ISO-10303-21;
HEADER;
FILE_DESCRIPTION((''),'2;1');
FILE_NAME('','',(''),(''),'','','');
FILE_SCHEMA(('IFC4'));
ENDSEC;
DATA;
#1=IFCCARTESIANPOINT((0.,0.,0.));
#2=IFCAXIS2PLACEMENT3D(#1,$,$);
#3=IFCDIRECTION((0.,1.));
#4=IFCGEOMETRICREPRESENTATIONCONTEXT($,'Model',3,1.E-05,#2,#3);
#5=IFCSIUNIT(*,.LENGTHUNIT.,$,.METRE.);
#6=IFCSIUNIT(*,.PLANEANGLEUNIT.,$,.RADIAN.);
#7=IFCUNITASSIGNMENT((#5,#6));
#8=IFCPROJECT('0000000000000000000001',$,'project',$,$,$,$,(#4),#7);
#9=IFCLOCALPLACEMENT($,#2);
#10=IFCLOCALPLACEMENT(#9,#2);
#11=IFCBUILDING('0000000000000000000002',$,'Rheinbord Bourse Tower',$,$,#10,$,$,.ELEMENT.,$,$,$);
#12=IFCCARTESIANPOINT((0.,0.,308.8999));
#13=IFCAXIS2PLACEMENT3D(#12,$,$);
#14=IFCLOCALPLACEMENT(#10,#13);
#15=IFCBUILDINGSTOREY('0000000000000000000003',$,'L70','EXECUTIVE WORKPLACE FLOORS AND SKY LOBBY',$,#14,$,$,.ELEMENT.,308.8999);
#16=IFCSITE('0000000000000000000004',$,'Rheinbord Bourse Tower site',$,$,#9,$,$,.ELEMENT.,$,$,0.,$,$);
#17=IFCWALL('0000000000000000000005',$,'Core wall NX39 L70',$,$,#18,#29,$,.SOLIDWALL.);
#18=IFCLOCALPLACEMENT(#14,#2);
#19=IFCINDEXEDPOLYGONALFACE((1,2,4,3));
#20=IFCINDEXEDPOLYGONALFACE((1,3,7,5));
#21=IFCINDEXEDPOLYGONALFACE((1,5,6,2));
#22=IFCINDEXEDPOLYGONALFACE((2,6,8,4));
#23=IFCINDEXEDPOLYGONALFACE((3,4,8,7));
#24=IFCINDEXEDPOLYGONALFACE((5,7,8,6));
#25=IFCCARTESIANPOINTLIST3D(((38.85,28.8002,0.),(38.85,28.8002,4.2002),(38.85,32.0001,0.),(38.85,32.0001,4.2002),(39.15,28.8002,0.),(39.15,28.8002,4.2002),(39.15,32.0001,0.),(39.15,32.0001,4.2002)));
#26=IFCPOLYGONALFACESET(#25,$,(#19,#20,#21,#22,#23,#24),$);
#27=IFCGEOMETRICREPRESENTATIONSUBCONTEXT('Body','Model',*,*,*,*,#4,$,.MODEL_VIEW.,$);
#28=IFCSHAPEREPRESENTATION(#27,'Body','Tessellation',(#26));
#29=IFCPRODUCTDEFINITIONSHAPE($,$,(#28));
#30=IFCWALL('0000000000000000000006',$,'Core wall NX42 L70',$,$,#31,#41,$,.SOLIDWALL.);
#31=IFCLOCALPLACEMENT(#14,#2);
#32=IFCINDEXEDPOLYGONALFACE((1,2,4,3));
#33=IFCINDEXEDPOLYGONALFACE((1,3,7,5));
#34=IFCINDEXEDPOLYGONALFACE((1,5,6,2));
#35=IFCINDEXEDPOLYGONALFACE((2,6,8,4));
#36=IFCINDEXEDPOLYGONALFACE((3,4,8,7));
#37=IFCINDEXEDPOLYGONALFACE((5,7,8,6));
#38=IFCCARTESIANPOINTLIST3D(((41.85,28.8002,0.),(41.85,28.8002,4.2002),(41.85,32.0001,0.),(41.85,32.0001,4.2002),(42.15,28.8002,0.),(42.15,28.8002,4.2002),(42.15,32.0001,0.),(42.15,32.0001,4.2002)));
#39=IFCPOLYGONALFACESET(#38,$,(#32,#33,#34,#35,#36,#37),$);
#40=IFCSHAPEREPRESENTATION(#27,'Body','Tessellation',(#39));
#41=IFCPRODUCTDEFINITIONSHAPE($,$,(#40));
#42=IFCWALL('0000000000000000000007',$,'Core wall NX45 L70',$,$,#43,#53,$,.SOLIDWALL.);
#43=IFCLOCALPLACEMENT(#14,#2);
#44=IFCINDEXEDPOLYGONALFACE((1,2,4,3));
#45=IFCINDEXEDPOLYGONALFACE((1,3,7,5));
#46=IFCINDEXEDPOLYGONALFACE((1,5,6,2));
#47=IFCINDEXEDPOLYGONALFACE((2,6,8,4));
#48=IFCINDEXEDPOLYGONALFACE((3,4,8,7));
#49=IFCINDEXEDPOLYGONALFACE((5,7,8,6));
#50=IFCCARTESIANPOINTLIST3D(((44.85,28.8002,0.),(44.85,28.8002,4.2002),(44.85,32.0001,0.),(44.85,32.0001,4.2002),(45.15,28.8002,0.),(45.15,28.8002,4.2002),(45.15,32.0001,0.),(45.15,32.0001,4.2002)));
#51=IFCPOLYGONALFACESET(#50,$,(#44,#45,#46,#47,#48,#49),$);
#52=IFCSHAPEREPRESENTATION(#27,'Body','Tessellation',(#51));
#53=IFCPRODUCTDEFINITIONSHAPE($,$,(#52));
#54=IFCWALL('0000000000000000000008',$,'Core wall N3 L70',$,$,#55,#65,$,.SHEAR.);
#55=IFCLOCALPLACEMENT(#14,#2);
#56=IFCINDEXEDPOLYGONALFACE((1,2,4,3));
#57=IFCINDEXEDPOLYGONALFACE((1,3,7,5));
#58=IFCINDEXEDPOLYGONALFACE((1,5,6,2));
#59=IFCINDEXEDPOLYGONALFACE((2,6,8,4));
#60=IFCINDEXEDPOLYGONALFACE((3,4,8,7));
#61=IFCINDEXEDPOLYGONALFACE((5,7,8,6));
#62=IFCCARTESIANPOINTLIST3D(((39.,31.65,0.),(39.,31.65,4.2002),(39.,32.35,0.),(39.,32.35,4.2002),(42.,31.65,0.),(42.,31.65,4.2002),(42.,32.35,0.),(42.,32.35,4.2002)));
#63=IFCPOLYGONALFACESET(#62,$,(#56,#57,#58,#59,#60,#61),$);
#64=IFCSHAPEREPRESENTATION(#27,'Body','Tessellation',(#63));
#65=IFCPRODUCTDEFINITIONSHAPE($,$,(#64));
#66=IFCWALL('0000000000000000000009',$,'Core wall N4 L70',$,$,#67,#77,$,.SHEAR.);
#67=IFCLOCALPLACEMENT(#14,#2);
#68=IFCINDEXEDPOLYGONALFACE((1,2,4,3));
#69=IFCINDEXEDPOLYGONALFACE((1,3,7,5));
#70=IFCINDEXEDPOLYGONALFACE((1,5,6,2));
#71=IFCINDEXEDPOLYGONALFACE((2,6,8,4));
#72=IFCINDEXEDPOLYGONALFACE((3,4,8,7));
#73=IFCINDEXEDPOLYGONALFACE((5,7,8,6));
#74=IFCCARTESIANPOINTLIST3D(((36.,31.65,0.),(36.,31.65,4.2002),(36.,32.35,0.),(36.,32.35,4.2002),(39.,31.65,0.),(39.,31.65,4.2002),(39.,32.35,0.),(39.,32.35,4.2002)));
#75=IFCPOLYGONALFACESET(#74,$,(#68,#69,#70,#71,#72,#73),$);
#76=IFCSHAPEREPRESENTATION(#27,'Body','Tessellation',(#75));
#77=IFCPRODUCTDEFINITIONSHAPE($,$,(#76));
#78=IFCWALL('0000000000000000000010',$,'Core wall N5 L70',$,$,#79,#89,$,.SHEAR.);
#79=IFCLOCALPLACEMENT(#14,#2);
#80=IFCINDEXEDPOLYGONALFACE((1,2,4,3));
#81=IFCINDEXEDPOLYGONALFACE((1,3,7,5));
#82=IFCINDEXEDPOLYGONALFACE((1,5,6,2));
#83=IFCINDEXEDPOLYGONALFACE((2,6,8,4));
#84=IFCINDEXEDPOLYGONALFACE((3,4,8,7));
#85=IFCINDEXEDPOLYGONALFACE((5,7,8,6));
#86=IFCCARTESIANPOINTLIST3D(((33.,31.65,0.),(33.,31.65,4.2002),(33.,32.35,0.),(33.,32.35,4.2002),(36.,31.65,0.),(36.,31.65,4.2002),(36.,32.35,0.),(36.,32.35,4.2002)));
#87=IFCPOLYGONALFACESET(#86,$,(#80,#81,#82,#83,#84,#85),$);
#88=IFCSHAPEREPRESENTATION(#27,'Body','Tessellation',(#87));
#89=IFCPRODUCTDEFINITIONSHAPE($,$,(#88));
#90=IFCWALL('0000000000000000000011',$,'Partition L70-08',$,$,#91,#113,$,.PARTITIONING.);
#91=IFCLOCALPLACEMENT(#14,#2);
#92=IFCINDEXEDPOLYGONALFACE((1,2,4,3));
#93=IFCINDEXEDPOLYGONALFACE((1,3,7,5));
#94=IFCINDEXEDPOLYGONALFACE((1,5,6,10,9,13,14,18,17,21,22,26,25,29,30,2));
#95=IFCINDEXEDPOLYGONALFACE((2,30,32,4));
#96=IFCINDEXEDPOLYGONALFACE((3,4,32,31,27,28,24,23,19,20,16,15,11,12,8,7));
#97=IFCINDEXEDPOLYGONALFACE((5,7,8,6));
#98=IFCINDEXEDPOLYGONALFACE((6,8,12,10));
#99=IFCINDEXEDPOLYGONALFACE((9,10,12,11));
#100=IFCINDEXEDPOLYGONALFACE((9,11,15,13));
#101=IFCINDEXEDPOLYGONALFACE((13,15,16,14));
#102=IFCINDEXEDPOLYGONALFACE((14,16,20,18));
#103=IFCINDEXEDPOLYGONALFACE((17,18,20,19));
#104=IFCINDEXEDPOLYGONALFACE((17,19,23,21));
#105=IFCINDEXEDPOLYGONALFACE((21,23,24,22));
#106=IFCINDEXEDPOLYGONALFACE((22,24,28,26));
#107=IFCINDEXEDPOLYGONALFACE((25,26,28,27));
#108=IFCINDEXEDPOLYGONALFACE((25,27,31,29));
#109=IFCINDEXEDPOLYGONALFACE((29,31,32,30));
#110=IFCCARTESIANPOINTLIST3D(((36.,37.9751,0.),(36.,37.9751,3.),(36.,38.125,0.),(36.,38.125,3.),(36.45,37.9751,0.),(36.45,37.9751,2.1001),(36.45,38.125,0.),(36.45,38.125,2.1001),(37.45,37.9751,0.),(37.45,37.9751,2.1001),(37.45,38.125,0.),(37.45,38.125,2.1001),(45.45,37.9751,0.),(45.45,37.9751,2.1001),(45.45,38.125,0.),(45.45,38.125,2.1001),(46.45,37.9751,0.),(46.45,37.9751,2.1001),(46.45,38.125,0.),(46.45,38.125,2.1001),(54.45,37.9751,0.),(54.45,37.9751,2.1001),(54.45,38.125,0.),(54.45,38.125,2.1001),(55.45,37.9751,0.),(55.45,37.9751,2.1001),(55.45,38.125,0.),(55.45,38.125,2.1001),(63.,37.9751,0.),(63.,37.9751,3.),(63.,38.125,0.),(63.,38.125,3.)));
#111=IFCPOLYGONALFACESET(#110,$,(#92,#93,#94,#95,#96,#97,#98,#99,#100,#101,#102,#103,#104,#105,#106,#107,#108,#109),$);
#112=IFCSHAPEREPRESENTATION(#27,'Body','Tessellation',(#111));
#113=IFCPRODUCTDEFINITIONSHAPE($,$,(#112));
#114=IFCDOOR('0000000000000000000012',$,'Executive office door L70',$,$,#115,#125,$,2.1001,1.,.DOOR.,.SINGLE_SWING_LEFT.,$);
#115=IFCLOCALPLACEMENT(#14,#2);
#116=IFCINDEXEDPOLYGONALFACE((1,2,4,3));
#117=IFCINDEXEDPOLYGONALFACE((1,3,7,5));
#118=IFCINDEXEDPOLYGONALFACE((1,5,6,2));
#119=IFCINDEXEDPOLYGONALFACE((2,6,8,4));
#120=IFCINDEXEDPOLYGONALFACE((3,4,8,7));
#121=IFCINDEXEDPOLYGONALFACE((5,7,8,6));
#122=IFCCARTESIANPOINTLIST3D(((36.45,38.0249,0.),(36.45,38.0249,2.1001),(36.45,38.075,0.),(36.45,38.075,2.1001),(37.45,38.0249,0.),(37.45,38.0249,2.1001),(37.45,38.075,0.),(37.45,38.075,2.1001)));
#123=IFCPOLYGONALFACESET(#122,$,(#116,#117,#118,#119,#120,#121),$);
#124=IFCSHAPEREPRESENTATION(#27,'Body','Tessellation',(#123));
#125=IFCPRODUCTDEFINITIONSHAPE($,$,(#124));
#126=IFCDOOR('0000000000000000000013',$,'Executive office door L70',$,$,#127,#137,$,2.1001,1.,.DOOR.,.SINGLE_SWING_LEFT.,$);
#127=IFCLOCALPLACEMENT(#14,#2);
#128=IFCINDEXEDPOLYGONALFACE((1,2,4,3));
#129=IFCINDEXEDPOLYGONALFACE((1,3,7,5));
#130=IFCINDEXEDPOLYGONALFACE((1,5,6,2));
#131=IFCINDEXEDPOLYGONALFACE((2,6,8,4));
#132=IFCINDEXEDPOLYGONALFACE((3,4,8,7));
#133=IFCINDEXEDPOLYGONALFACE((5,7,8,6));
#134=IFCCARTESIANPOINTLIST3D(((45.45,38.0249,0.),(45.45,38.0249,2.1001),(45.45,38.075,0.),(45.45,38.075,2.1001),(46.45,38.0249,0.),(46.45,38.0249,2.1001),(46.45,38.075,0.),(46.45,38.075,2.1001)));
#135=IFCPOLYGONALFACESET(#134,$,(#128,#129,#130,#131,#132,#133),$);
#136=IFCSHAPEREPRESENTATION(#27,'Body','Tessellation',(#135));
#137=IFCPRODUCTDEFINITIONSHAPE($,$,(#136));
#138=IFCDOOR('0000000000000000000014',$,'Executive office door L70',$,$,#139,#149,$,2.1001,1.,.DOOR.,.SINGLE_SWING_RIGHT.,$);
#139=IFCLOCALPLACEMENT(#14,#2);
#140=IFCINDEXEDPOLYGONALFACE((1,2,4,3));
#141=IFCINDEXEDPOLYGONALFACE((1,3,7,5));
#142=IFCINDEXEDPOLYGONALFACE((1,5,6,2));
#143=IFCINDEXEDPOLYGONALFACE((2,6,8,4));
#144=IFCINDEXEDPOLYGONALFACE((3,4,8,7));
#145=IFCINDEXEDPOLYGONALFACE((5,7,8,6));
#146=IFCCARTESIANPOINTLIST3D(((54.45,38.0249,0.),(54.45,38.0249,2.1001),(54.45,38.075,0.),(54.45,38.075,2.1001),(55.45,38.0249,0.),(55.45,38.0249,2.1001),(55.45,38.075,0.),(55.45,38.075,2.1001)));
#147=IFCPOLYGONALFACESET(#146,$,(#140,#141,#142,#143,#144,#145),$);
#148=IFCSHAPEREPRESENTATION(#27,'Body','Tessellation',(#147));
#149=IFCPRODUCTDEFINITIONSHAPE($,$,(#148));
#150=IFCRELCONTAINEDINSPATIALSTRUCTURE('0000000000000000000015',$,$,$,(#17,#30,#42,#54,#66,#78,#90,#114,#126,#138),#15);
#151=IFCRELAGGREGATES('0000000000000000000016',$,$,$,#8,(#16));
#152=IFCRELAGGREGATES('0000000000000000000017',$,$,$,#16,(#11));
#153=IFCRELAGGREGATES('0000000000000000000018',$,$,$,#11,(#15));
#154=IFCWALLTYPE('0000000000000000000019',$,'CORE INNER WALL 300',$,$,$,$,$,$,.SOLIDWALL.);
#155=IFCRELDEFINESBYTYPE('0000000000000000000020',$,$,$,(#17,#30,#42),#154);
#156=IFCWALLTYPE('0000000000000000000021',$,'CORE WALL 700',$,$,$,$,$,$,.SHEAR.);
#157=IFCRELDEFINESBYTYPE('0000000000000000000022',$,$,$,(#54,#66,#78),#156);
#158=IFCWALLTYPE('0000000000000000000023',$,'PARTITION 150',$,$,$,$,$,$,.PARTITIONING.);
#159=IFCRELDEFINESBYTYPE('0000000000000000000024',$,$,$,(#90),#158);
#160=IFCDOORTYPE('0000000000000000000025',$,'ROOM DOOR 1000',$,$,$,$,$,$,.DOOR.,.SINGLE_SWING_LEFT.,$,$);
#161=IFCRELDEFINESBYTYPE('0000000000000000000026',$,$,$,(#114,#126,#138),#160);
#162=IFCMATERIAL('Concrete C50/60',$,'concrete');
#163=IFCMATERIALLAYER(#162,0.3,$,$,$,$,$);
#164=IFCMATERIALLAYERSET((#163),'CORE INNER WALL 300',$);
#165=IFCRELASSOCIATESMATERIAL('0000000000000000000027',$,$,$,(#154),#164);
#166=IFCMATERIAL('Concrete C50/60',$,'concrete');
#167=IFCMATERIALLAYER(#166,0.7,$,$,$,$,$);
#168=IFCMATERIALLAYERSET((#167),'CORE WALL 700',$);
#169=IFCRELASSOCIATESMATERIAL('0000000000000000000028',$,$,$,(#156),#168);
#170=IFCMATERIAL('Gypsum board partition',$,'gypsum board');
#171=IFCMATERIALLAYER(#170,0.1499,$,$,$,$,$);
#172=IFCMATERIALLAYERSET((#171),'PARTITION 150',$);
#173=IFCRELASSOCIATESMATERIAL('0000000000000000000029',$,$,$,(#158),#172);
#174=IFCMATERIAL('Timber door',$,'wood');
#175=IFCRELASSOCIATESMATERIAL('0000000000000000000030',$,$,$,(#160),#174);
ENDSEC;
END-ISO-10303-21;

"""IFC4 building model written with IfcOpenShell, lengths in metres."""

from ifc_helpers import new_model, si_unit, direction, frame, frame_2d, origin, place, context, subcontext, project, spatial, rectangle, extrude, material, layer, layer_set, type_object, element, fill, save


model = new_model("IFC4")

# Units and contexts
model_context = context("Model", 3, precision=1e-05, world=origin(), true_north=direction((0.0, 1.0)))
body_context = subcontext(model_context, "Body", "Model", "MODEL_VIEW")
ifc_project = project(units=[si_unit("LENGTHUNIT", "METRE"), si_unit("PLANEANGLEUNIT", "RADIAN")], contexts=[model_context])

# Site, building, storey
site_placement = place(None, origin())
site = spatial("IfcSite", under=ifc_project, at=site_placement, Name="Rheinbord Bourse Tower site", CompositionType="ELEMENT", RefElevation=0.0)
building_placement = place(site_placement, origin())
building = spatial("IfcBuilding", under=site, at=building_placement, Name="Rheinbord Bourse Tower", CompositionType="ELEMENT")
storey_placement = place(building_placement, frame((0.0, 0.0, 308.8999)))
storey = spatial("IfcBuildingStorey", under=building, at=storey_placement, Name="L70", Description="EXECUTIVE WORKPLACE FLOORS AND SKY LOBBY", CompositionType="ELEMENT", Elevation=308.8999)

# Shared definitions
ifc_material_1 = material(Name="Concrete C50/60", Category="concrete")
ifc_layer_1 = layer(ifc_material_1, 0.3)
ifc_layer_set_1 = layer_set([ifc_layer_1], Name="CORE INNER WALL 300")
wall_type_1 = type_object("IfcWallType", Name="CORE INNER WALL 300", PredefinedType="SOLIDWALL", material=ifc_layer_set_1)

# Walls
for number, where, z_axis, x_axis, name in (
    (1, (39.0, 28.8, 0.0), (0.0, 0.0, 1.0), (0.0, 1.0, 0.0), "Core wall NX39 L70"),
    (2, (42.0, 28.8, 0.0), (0.0, 0.0, 1.0), (0.0, 1.0, 0.0), "Core wall NX42 L70"),
    (3, (45.0, 28.8, 0.0), (0.0, 0.0, 1.0), (0.0, 1.0, 0.0), "Core wall NX45 L70"),
):
    element("IfcWall", number, at=place(storey_placement, frame(where, z_axis=z_axis, x_axis=x_axis)), inside=storey, type_object=wall_type_1, Name=name, PredefinedType="SOLIDWALL", context=body_context, shape_type="SweptSolid", body=[
        extrude(rectangle(XDim=3.2, YDim=0.3, at=frame_2d((1.6001, 0.0))), origin(), (0.0, 0.0, 1.0), 4.2002),
    ])
ifc_material_2 = material(Name="Concrete C50/60", Category="concrete")
ifc_layer_2 = layer(ifc_material_2, 0.7)
ifc_layer_set_2 = layer_set([ifc_layer_2], Name="CORE WALL 700")
wall_type_2 = type_object("IfcWallType", Name="CORE WALL 700", PredefinedType="SHEAR", material=ifc_layer_set_2)
for number, where, z_axis, x_axis, name in (
    (4, (42.0, 32.0, 0.0), (0.0, 0.0, 1.0), (-1.0, 0.0, 0.0), "Core wall N3 L70"),
    (5, (39.0, 32.0, 0.0), (0.0, 0.0, 1.0), (-1.0, 0.0, 0.0), "Core wall N4 L70"),
    (6, (36.0, 32.0, 0.0), (0.0, 0.0, 1.0), (-1.0, 0.0, 0.0), "Core wall N5 L70"),
):
    element("IfcWall", number, at=place(storey_placement, frame(where, z_axis=z_axis, x_axis=x_axis)), inside=storey, type_object=wall_type_2, Name=name, PredefinedType="SHEAR", context=body_context, shape_type="SweptSolid", body=[
        extrude(rectangle(XDim=3.0, YDim=0.7, at=frame_2d((1.5, 0.0))), origin(), (0.0, 0.0, 1.0), 4.2002),
    ])

# Wall, openings, doors
ifc_material_3 = material(Name="Gypsum board partition", Category="gypsum board")
ifc_layer_3 = layer(ifc_material_3, 0.1499)
ifc_layer_set_3 = layer_set([ifc_layer_3], Name="PARTITION 150")
wall_type_3 = type_object("IfcWallType", Name="PARTITION 150", PredefinedType="PARTITIONING", material=ifc_layer_set_3)
wall_1_placement = place(storey_placement, frame((36.0, 38.05, 0.0), z_axis=(0.0, 0.0, 1.0), x_axis=(1.0, 0.0, 0.0)))
wall_1 = element("IfcWall", 7, at=wall_1_placement, inside=storey, type_object=wall_type_3, Name="Partition L70-08", PredefinedType="PARTITIONING", context=body_context, shape_type="SweptSolid", body=[
    extrude(rectangle(XDim=27.0, YDim=0.1499, at=frame_2d((13.5, 0.0))), origin(), (0.0, 0.0, 1.0), 3.0),
])
opening_1_placement = place(wall_1_placement, frame((0.45, 0.0, 0.0)))
opening_1 = element("IfcOpeningElement", 8, at=opening_1_placement, cuts=wall_1, PredefinedType="OPENING", context=body_context, shape_type="SweptSolid", body=[
    extrude(rectangle(XDim=1.0, YDim=2.1001, at=frame_2d((0.5, 1.05))), frame((0.0, 0.085, 0.0), z_axis=(0.0, -1.0, 0.0), x_axis=(1.0, 0.0, 0.0)), (0.0, 0.0, 1.0), 0.1699),
])
opening_2_placement = place(wall_1_placement, frame((9.45, 0.0, 0.0)))
opening_2 = element("IfcOpeningElement", 9, at=opening_2_placement, cuts=wall_1, PredefinedType="OPENING", context=body_context, shape_type="SweptSolid", body=[
    extrude(rectangle(XDim=1.0, YDim=2.1001, at=frame_2d((0.5, 1.05))), frame((0.0, 0.085, 0.0), z_axis=(0.0, -1.0, 0.0), x_axis=(1.0, 0.0, 0.0)), (0.0, 0.0, 1.0), 0.1699),
])
opening_3_placement = place(wall_1_placement, frame((18.45, 0.0, 0.0)))
opening_3 = element("IfcOpeningElement", 10, at=opening_3_placement, cuts=wall_1, PredefinedType="OPENING", context=body_context, shape_type="SweptSolid", body=[
    extrude(rectangle(XDim=1.0, YDim=2.1001, at=frame_2d((0.5, 1.05))), frame((0.0, 0.085, 0.0), z_axis=(0.0, -1.0, 0.0), x_axis=(1.0, 0.0, 0.0)), (0.0, 0.0, 1.0), 0.1699),
])
ifc_material_4 = material(Name="Timber door", Category="wood")
door_type_1 = type_object("IfcDoorType", Name="ROOM DOOR 1000", OperationType="SINGLE_SWING_LEFT", PredefinedType="DOOR", material=ifc_material_4)
door_1_placement = place(opening_1_placement, origin())
door_1 = element("IfcDoor", 11, at=door_1_placement, inside=storey, type_object=door_type_1, Name="Executive office door L70", OperationType="SINGLE_SWING_LEFT", OverallHeight=2.1001, OverallWidth=1.0, PredefinedType="DOOR", context=body_context, shape_type="SweptSolid", body=[
    extrude(rectangle(XDim=1.0, YDim=2.1001, at=frame_2d((0.5, 1.05))), frame((0.0, 0.0249, 0.0), z_axis=(0.0, -1.0, 0.0), x_axis=(1.0, 0.0, 0.0)), (0.0, 0.0, 1.0), 0.05),
])
fill(opening_1, door_1)
door_2_placement = place(opening_2_placement, origin())
door_2 = element("IfcDoor", 12, at=door_2_placement, inside=storey, type_object=door_type_1, Name="Executive office door L70", OperationType="SINGLE_SWING_LEFT", OverallHeight=2.1001, OverallWidth=1.0, PredefinedType="DOOR", context=body_context, shape_type="SweptSolid", body=[
    extrude(rectangle(XDim=1.0, YDim=2.1001, at=frame_2d((0.5, 1.05))), frame((0.0, 0.0249, 0.0), z_axis=(0.0, -1.0, 0.0), x_axis=(1.0, 0.0, 0.0)), (0.0, 0.0, 1.0), 0.05),
])
fill(opening_2, door_2)
door_3_placement = place(opening_3_placement, origin())
door_3 = element("IfcDoor", 13, at=door_3_placement, inside=storey, type_object=door_type_1, Name="Executive office door L70", OperationType="SINGLE_SWING_RIGHT", OverallHeight=2.1001, OverallWidth=1.0, PredefinedType="DOOR", context=body_context, shape_type="SweptSolid", body=[
    extrude(rectangle(XDim=1.0, YDim=2.1001, at=frame_2d((0.5, 1.05))), frame((0.0, 0.0249, 0.0), z_axis=(0.0, -1.0, 0.0), x_axis=(1.0, 0.0, 0.0)), (0.0, 0.0, 1.0), 0.05),
])
fill(opening_3, door_3)

save(model, "model.ifc")
